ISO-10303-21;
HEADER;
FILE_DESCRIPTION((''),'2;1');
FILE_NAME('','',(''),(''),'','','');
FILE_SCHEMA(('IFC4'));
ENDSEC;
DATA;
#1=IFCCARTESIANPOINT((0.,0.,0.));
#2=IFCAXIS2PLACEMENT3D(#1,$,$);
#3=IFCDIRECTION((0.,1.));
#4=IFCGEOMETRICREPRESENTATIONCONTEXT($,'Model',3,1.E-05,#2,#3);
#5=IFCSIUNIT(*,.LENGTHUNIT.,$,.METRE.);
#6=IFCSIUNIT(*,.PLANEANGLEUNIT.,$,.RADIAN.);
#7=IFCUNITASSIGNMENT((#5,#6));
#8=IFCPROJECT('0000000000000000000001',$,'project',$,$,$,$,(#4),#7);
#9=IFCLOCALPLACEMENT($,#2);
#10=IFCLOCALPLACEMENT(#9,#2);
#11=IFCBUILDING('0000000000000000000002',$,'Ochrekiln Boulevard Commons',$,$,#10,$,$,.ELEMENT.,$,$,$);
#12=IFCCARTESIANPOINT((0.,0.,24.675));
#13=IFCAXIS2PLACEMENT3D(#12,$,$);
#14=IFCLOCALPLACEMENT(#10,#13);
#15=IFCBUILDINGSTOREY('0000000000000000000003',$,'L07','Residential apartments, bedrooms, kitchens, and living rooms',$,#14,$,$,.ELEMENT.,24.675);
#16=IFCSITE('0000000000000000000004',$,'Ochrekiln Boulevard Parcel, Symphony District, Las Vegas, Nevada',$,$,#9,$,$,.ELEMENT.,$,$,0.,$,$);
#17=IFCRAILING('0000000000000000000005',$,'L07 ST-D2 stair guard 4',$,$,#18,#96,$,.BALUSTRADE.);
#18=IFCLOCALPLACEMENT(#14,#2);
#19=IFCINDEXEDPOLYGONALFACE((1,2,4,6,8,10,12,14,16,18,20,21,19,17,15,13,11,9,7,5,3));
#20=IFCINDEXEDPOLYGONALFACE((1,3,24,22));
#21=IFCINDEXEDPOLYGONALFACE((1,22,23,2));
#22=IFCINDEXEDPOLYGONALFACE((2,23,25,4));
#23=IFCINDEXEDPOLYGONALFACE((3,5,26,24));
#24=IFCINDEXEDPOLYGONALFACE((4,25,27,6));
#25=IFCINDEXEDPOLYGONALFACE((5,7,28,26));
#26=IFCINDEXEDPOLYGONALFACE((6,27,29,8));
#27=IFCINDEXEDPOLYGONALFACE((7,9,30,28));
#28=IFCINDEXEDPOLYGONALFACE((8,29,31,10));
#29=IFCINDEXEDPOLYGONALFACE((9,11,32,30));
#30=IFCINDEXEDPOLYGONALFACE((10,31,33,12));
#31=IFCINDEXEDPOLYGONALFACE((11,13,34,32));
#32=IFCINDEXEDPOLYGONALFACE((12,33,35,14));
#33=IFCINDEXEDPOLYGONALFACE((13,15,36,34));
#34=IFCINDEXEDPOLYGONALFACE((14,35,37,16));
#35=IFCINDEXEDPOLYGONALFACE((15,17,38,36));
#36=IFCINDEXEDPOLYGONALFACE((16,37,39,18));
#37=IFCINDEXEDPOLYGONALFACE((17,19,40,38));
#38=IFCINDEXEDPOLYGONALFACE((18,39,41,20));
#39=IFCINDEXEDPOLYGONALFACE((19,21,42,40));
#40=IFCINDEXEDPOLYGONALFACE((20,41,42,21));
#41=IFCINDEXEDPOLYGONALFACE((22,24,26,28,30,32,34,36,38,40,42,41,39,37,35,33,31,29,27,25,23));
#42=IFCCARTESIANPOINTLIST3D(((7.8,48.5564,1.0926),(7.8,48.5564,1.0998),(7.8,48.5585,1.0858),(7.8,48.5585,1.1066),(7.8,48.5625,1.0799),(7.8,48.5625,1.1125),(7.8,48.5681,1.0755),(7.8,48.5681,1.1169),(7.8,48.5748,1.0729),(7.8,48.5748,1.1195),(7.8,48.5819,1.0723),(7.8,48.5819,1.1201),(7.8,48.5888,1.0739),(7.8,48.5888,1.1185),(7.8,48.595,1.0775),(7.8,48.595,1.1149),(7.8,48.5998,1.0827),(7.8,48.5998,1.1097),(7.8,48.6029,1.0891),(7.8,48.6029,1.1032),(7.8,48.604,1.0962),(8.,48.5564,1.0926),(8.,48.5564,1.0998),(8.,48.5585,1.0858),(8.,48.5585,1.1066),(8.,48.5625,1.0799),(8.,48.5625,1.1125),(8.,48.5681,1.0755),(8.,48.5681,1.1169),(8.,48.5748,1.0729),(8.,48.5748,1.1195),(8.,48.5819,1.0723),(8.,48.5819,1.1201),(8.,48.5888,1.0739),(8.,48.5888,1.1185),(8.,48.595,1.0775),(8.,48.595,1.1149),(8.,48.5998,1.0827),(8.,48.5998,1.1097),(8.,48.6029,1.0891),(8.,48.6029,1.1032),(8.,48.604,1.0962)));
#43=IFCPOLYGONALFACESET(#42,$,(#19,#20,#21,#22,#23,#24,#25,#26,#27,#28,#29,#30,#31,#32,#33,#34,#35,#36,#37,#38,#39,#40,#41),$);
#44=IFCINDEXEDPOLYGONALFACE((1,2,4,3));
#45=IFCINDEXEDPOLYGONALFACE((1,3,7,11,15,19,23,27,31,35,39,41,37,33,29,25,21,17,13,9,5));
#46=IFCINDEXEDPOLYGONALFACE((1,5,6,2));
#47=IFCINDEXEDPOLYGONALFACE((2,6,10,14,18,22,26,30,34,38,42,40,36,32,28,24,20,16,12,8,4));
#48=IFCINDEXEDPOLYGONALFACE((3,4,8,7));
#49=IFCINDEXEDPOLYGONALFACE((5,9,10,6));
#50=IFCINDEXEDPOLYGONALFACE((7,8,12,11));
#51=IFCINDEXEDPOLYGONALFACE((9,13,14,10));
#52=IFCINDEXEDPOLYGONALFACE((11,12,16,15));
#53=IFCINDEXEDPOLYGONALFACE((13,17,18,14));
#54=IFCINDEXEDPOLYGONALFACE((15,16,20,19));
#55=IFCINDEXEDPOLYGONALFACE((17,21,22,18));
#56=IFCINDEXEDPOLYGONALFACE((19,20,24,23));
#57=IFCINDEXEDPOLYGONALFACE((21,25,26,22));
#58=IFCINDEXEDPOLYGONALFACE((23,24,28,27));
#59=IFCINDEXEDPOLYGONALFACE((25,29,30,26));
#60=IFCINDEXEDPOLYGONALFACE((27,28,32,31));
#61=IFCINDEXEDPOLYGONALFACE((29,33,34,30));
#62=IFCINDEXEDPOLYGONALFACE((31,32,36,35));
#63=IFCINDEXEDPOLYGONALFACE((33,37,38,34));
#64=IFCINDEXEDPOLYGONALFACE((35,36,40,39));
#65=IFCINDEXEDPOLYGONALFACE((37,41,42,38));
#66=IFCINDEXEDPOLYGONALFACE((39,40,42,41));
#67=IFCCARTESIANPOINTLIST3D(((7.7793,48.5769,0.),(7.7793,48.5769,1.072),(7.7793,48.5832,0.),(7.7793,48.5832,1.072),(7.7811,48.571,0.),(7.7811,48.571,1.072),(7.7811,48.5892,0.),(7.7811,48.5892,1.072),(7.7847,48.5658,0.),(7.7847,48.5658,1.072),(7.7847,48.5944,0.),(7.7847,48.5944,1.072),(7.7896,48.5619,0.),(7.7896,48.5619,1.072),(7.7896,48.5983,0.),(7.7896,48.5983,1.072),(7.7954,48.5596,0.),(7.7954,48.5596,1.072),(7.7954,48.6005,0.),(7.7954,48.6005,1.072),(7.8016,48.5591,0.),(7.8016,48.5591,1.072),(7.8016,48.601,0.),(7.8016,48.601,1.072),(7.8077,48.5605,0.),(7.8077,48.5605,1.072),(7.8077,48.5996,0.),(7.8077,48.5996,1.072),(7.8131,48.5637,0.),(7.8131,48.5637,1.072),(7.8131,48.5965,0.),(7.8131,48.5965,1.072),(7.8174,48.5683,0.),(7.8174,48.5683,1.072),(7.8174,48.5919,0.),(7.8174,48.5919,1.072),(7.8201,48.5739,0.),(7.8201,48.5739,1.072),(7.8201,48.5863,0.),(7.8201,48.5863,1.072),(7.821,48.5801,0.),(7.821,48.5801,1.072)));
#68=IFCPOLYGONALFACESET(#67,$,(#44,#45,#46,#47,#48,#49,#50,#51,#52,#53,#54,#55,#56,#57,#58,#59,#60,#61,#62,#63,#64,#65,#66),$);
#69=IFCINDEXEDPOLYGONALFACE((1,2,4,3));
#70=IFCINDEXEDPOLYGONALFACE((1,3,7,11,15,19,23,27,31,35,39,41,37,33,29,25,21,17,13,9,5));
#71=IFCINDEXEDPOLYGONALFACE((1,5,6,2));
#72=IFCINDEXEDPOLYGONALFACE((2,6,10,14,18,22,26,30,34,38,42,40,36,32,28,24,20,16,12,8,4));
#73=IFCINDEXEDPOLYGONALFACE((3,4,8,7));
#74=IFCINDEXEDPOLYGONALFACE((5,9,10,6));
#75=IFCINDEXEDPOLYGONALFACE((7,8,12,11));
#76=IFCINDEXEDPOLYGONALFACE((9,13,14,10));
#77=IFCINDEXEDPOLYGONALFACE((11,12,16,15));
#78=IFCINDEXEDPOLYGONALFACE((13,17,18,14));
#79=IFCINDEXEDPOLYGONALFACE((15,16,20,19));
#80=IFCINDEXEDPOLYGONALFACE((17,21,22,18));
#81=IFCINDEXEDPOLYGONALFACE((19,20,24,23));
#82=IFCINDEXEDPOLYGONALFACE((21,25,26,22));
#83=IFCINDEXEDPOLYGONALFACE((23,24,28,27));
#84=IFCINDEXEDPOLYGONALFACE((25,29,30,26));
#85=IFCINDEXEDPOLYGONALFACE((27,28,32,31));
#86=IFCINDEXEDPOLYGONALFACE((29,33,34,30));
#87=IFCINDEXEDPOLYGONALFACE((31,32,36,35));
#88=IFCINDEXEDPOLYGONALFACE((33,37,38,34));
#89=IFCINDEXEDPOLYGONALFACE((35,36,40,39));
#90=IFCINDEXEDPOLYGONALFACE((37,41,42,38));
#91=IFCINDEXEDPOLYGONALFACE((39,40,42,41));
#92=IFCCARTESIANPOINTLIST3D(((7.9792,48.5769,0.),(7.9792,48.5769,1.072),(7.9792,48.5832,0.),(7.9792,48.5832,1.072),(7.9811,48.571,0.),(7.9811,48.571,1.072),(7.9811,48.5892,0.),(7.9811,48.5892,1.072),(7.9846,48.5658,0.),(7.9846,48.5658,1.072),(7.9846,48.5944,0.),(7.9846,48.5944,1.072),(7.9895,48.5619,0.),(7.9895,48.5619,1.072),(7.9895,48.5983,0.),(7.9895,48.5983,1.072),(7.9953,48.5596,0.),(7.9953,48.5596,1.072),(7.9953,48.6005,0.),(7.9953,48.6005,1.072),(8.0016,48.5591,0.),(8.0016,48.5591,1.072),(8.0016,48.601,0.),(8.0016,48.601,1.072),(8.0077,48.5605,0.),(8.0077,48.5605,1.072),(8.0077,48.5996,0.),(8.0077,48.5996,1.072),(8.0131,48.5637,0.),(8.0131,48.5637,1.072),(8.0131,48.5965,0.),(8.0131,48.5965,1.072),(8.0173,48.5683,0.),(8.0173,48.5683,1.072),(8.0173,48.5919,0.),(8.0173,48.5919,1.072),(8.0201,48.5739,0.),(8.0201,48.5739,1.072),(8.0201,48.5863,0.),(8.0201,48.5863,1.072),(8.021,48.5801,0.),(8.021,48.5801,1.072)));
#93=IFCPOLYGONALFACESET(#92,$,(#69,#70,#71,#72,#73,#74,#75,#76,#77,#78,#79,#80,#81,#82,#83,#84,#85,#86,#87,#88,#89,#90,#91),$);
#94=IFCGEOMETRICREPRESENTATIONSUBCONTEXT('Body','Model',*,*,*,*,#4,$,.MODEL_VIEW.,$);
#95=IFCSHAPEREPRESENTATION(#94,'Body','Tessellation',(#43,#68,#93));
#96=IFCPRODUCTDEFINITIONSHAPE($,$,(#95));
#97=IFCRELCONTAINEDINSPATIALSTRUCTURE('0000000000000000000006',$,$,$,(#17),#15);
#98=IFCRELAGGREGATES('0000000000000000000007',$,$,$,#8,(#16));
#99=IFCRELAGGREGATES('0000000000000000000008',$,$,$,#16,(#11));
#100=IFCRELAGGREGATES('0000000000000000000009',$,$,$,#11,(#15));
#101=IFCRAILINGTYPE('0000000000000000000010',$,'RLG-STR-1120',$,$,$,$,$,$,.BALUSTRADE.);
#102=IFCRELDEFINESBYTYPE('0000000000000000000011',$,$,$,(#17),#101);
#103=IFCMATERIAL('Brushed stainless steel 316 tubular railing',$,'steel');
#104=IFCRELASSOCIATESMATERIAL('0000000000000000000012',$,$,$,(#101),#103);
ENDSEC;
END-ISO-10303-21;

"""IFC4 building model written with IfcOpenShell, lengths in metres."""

from ifc_helpers import new_model, si_unit, direction, frame, origin, origin_2d, place, context, subcontext, project, spatial, circle, extrude, material, type_object, element, save


model = new_model("IFC4")

# Units and contexts
model_context = context("Model", 3, precision=1e-05, world=origin(), true_north=direction((0.0, 1.0)))
body_context = subcontext(model_context, "Body", "Model", "MODEL_VIEW")
ifc_project = project(units=[si_unit("LENGTHUNIT", "METRE"), si_unit("PLANEANGLEUNIT", "RADIAN")], contexts=[model_context])

# Site, building, storey
site_placement = place(None, origin())
site = spatial("IfcSite", under=ifc_project, at=site_placement, Name="Ochrekiln Boulevard Parcel, Symphony District, Las Vegas, Nevada", CompositionType="ELEMENT", RefElevation=0.0)
building_placement = place(site_placement, origin())
building = spatial("IfcBuilding", under=site, at=building_placement, Name="Ochrekiln Boulevard Commons", CompositionType="ELEMENT")
storey_placement = place(building_placement, frame((0.0, 0.0, 24.675)))
storey = spatial("IfcBuildingStorey", under=building, at=storey_placement, Name="L07", Description="Residential apartments, bedrooms, kitchens, and living rooms", CompositionType="ELEMENT", Elevation=24.675)

# Railing
ifc_material_1 = material(Name="Brushed stainless steel 316 tubular railing", Category="steel")
railing_type_1 = type_object("IfcRailingType", Name="RLG-STR-1120", PredefinedType="BALUSTRADE", material=ifc_material_1)
railing_1_placement = place(storey_placement, frame((7.8, 48.5801, 0.0)))
element("IfcRailing", 1, at=railing_1_placement, inside=storey, type_object=railing_type_1, Name="L07 ST-D2 stair guard 4", PredefinedType="BALUSTRADE", context=body_context, shape_type="SweptSolid", body=[
    extrude(circle(Radius=0.0239, at=origin_2d()), frame((0.0, 0.0, 1.0962), z_axis=(1.0, 0.0, 0.0), x_axis=(0.0, 1.0, 0.0)), (0.0, 0.0, 1.0), 0.2),
    extrude(circle(Radius=0.021, at=origin_2d()), origin(), (0.0, 0.0, 1.0), 1.072),
    extrude(circle(Radius=0.021, at=origin_2d()), frame((0.2, 0.0, 0.0)), (0.0, 0.0, 1.0), 1.072),
])

save(model, "model.ifc")
